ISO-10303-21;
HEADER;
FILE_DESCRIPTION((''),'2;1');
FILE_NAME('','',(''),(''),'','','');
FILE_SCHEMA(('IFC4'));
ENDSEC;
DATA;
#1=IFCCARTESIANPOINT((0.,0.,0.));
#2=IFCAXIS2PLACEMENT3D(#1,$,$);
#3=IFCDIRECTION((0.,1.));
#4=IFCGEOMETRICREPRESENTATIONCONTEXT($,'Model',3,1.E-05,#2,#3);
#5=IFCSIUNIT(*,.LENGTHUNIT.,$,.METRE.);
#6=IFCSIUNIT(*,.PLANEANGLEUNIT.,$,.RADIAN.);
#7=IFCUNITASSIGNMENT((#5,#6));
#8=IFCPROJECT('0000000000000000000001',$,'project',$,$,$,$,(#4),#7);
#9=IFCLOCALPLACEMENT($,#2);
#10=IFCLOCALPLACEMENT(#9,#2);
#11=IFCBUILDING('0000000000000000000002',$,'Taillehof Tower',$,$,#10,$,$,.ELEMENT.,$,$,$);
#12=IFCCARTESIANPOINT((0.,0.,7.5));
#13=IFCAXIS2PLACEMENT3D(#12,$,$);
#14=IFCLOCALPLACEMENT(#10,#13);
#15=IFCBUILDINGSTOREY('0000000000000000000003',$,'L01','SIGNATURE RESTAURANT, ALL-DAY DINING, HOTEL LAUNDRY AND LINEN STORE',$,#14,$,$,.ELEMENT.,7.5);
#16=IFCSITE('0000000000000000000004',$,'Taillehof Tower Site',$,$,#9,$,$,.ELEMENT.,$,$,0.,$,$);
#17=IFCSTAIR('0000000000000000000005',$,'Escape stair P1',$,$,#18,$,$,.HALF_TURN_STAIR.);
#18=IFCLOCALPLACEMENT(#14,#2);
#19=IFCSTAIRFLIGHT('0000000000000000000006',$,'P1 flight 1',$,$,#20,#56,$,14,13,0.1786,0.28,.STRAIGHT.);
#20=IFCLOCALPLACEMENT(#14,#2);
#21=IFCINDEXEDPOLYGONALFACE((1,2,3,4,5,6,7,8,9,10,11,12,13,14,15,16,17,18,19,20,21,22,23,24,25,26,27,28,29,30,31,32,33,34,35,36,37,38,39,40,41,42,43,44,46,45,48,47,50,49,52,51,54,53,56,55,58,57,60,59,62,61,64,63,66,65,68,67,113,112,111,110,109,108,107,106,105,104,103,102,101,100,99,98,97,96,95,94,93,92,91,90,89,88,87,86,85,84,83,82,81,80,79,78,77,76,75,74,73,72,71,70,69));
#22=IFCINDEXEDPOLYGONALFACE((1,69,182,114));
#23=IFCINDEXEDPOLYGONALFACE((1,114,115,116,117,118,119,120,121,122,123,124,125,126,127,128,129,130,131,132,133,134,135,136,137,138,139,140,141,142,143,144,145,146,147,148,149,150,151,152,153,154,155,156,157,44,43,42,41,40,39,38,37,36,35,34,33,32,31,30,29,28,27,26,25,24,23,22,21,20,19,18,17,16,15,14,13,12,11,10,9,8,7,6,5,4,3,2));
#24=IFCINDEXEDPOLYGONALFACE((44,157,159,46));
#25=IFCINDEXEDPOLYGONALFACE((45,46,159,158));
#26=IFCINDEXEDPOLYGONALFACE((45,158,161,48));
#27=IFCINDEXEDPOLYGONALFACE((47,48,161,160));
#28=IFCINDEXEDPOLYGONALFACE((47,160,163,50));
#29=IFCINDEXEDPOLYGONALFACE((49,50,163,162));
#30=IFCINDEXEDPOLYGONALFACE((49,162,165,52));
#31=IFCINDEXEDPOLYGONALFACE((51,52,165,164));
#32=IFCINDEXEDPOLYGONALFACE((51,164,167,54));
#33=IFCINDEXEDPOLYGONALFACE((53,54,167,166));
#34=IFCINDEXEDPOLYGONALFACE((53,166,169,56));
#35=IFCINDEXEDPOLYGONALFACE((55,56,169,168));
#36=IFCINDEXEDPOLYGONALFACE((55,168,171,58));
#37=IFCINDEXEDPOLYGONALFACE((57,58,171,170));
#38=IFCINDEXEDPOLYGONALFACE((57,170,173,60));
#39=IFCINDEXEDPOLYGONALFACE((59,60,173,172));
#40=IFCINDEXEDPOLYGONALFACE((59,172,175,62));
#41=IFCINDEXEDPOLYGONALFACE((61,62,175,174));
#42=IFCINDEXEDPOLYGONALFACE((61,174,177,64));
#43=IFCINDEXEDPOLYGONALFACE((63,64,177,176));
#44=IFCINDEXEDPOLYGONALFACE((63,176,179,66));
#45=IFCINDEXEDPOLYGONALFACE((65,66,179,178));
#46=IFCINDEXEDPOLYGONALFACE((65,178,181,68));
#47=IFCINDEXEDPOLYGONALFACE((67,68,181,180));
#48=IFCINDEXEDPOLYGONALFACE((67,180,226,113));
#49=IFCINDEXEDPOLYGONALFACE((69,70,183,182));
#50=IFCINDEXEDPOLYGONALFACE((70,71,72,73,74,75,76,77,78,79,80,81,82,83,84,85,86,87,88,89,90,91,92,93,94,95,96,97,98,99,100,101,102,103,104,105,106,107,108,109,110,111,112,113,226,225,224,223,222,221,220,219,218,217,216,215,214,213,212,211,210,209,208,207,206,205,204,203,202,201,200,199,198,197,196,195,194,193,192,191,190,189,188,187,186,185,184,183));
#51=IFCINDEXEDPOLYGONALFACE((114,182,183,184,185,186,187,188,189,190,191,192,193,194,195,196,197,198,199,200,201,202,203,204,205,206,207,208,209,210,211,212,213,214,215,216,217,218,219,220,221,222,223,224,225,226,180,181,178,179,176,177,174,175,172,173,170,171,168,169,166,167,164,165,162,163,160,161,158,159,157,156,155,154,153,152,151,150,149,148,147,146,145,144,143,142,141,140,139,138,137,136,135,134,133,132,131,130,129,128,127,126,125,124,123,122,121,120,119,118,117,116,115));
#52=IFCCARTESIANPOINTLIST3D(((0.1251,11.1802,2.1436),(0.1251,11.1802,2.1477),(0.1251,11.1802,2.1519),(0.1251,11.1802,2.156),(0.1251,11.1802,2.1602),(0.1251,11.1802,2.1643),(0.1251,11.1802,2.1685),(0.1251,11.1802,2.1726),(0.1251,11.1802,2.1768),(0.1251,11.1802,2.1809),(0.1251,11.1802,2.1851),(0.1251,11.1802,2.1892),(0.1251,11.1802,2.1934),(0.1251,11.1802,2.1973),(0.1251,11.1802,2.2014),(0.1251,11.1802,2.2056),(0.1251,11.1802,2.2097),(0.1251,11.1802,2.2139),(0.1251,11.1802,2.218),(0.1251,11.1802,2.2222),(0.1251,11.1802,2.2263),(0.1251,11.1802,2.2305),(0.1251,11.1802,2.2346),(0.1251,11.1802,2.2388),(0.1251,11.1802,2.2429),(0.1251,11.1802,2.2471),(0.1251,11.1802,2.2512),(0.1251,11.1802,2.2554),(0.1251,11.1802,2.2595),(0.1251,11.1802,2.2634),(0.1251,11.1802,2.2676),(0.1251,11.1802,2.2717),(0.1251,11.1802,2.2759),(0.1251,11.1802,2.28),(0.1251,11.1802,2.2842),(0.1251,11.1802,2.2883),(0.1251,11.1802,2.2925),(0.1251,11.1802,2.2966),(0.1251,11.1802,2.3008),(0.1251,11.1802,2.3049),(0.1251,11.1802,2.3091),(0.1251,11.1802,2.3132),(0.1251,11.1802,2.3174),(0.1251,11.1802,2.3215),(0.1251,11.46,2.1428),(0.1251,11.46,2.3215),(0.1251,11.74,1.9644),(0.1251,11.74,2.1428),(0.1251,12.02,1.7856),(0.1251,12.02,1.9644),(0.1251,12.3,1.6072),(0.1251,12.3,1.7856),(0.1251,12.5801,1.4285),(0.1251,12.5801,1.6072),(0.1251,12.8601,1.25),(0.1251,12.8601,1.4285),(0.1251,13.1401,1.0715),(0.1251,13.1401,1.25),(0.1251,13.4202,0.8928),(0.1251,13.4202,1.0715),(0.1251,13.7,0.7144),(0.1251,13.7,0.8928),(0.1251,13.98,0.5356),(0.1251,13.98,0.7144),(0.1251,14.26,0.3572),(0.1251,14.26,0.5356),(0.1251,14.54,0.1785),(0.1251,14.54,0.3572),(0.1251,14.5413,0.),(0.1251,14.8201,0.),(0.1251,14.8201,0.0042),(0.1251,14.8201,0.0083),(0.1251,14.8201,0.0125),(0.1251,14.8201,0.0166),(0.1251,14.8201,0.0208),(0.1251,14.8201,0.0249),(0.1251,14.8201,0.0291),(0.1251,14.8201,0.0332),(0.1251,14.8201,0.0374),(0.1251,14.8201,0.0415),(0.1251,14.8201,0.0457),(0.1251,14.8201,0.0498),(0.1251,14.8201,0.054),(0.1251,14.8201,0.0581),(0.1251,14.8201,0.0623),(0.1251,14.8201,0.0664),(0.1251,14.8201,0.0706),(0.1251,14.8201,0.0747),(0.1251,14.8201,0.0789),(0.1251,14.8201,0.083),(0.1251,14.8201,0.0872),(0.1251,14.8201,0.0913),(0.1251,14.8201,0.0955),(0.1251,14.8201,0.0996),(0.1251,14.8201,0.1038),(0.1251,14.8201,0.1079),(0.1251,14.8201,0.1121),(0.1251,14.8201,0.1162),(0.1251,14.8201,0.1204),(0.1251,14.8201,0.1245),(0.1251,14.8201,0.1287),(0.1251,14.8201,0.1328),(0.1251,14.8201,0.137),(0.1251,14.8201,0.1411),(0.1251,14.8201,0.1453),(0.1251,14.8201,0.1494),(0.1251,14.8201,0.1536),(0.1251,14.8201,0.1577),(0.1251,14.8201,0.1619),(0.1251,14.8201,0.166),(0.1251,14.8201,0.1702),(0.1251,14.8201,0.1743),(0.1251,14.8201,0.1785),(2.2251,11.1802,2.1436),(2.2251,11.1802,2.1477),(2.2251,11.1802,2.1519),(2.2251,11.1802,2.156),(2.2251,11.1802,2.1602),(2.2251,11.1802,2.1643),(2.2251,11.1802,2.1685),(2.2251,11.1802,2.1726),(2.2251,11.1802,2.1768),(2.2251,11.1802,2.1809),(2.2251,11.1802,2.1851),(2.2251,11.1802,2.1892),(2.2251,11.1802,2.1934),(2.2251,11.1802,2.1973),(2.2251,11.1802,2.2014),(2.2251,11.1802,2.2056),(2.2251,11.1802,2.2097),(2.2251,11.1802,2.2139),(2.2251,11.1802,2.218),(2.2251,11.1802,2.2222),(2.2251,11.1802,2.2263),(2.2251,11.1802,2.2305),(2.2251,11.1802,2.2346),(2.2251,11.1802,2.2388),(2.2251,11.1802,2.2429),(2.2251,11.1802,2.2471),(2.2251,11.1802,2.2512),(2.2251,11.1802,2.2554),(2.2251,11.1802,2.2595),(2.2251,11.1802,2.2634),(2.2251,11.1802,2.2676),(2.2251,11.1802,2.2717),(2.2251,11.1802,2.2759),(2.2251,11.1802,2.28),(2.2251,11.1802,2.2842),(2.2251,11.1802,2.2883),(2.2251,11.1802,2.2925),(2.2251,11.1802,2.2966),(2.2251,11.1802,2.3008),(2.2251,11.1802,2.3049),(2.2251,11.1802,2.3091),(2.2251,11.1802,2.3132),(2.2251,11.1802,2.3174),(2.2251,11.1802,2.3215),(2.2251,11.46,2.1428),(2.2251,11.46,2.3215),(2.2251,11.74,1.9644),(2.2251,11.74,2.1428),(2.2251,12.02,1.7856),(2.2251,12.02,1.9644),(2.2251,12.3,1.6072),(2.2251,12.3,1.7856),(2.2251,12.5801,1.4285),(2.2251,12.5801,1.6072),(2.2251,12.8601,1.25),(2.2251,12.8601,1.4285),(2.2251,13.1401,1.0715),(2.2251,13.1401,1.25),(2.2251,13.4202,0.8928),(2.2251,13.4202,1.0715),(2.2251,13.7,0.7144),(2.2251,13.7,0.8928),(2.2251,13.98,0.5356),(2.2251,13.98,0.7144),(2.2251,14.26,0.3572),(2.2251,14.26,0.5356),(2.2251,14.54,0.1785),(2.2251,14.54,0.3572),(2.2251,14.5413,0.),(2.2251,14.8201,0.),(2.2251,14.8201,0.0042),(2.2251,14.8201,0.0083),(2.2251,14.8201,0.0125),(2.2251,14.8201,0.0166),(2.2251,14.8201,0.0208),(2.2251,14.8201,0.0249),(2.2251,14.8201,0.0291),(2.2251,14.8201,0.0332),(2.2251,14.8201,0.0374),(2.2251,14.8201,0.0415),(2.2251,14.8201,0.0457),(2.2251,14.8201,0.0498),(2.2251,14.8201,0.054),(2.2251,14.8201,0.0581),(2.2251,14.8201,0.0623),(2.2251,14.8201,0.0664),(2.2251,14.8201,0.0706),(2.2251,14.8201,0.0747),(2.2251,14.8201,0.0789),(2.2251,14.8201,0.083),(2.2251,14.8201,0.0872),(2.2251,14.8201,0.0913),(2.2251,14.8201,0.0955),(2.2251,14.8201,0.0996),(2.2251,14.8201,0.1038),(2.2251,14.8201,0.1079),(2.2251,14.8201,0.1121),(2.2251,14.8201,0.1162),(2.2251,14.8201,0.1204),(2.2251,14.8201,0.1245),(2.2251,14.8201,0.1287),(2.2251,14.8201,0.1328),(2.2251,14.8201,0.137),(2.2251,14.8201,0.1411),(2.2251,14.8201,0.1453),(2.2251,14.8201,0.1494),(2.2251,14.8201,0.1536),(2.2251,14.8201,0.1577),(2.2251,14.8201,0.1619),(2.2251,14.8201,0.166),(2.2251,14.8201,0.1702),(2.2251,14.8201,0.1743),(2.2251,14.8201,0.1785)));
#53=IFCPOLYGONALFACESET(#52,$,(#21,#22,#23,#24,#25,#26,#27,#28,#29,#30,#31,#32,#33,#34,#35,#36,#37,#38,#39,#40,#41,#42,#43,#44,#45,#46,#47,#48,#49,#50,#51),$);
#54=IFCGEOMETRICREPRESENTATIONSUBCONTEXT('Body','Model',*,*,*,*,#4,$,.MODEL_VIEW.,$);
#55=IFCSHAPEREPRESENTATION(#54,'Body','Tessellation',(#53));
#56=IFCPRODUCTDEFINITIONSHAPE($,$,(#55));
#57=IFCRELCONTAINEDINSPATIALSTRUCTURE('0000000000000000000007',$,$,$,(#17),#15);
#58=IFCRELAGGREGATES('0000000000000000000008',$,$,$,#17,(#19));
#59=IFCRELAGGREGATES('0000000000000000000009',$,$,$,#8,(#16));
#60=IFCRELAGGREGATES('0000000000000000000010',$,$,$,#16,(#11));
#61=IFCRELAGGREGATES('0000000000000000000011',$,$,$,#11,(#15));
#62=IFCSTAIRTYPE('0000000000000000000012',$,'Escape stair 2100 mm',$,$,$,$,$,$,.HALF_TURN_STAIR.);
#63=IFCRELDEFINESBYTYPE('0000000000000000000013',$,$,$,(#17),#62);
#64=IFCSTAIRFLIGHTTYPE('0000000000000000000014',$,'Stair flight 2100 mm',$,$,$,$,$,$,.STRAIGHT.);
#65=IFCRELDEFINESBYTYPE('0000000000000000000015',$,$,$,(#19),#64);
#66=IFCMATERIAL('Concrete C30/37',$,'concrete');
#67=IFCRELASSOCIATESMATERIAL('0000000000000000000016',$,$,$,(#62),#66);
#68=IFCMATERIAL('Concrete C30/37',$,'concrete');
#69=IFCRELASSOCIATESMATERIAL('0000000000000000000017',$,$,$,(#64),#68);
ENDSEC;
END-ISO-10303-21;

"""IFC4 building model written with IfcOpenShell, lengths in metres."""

from ifc_helpers import new_model, si_unit, direction, frame, origin, place, context, subcontext, project, spatial, polyline, outline, extrude, material, type_object, element, aggregate, save


model = new_model("IFC4")

# Units and contexts
model_context = context("Model", 3, precision=1e-05, world=origin(), true_north=direction((0.0, 1.0)))
body_context = subcontext(model_context, "Body", "Model", "MODEL_VIEW")
ifc_project = project(units=[si_unit("LENGTHUNIT", "METRE"), si_unit("PLANEANGLEUNIT", "RADIAN")], contexts=[model_context])

# Site, building, storey
site_placement = place(None, origin())
site = spatial("IfcSite", under=ifc_project, at=site_placement, Name="Taillehof Tower Site", CompositionType="ELEMENT", RefElevation=0.0)
building_placement = place(site_placement, origin())
building = spatial("IfcBuilding", under=site, at=building_placement, Name="Taillehof Tower", CompositionType="ELEMENT")
storey_placement = place(building_placement, frame((0.0, 0.0, 7.5)))
storey = spatial("IfcBuildingStorey", under=building, at=storey_placement, Name="L01", Description="SIGNATURE RESTAURANT, ALL-DAY DINING, HOTEL LAUNDRY AND LINEN STORE", CompositionType="ELEMENT", Elevation=7.5)

# Stair, stair flight
ifc_material_1 = material(Name="Concrete C30/37", Category="concrete")
stair_type_1 = type_object("IfcStairType", Name="Escape stair 2100 mm", PredefinedType="HALF_TURN_STAIR", material=ifc_material_1)
stair_1_placement = place(storey_placement, origin())
stair_1 = element("IfcStair", 1, at=stair_1_placement, inside=storey, type_object=stair_type_1, Name="Escape stair P1", PredefinedType="HALF_TURN_STAIR")
ifc_material_2 = material(Name="Concrete C30/37", Category="concrete")
stair_flight_type_1 = type_object("IfcStairFlightType", Name="Stair flight 2100 mm", PredefinedType="STRAIGHT", material=ifc_material_2)
stair_flight_1_placement = place(storey_placement, frame((1.175, 14.8201, 0.0), z_axis=(0.0, 0.0, 1.0), x_axis=(0.0, -1.0, 0.0)))
stair_flight_1 = element("IfcStairFlight", 2, at=stair_flight_1_placement, type_object=stair_flight_type_1, Name="P1 flight 1", NumberOfRisers=14, NumberOfTreads=13, PredefinedType="STRAIGHT", RiserHeight=0.1786, TreadLength=0.28, context=body_context, shape_type="SweptSolid", body=[
    extrude(outline(polyline([(0.0, 0.0), (0.0, 0.0042), (0.0, 0.0083), (0.0, 0.0125), (0.0, 0.0166), (0.0, 0.0208), (0.0, 0.0249), (0.0, 0.0291), (0.0, 0.0332), (0.0, 0.0374), (0.0, 0.0415), (0.0, 0.0457), (0.0, 0.0498), (0.0, 0.054), (0.0, 0.0581), (0.0, 0.0623), (0.0, 0.0664), (0.0, 0.0706), (0.0, 0.0747), (0.0, 0.0789), (0.0, 0.083), (0.0, 0.0872), (0.0, 0.0913), (0.0, 0.0955), (0.0, 0.0996), (0.0, 0.1038), (0.0, 0.1079), (0.0, 0.1121), (0.0, 0.1162), (0.0, 0.1204), (0.0, 0.1245), (0.0, 0.1287), (0.0, 0.1328), (0.0, 0.137), (0.0, 0.1411), (0.0, 0.1453), (0.0, 0.1494), (0.0, 0.1536), (0.0, 0.1577), (0.0, 0.1619), (0.0, 0.166), (0.0, 0.1702), (0.0, 0.1743), (0.0, 0.1785), (0.28, 0.1785), (0.28, 0.3572), (0.5601, 0.3572), (0.5601, 0.5356), (0.8401, 0.5356), (0.8401, 0.7144), (1.1201, 0.7144), (1.1201, 0.8928), (1.3999, 0.8928), (1.3999, 1.0715), (1.6799, 1.0715), (1.6799, 1.25), (1.96, 1.25), (1.96, 1.4285), (2.24, 1.4285), (2.24, 1.6072), (2.52, 1.6072), (2.52, 1.7856), (2.8, 1.7856), (2.8, 1.9644), (3.0801, 1.9644), (3.0801, 2.1428), (3.3601, 2.1428), (3.3601, 2.3215), (3.6399, 2.3215), (3.6399, 2.3174), (3.6399, 2.3132), (3.6399, 2.3091), (3.6399, 2.3049), (3.6399, 2.3008), (3.6399, 2.2966), (3.6399, 2.2925), (3.6399, 2.2883), (3.6399, 2.2842), (3.6399, 2.28), (3.6399, 2.2759), (3.6399, 2.2717), (3.6399, 2.2676), (3.6399, 2.2634), (3.6399, 2.2595), (3.6399, 2.2554), (3.6399, 2.2512), (3.6399, 2.2471), (3.6399, 2.2429), (3.6399, 2.2388), (3.6399, 2.2346), (3.6399, 2.2305), (3.6399, 2.2263), (3.6399, 2.2222), (3.6399, 2.218), (3.6399, 2.2139), (3.6399, 2.2097), (3.6399, 2.2056), (3.6399, 2.2014), (3.6399, 2.1973), (3.6399, 2.1934), (3.6399, 2.1892), (3.6399, 2.1851), (3.6399, 2.1809), (3.6399, 2.1768), (3.6399, 2.1726), (3.6399, 2.1685), (3.6399, 2.1643), (3.6399, 2.1602), (3.6399, 2.156), (3.6399, 2.1519), (3.6399, 2.1477), (3.6399, 2.1436), (0.2788, 0.0), (0.0, 0.0)])), frame((0.0, 1.05, 0.0), z_axis=(0.0, -1.0, 0.0), x_axis=(1.0, 0.0, 0.0)), (0.0, 0.0, 1.0), 2.1),
])
aggregate(stair_1, [stair_flight_1])

save(model, "model.ifc")
